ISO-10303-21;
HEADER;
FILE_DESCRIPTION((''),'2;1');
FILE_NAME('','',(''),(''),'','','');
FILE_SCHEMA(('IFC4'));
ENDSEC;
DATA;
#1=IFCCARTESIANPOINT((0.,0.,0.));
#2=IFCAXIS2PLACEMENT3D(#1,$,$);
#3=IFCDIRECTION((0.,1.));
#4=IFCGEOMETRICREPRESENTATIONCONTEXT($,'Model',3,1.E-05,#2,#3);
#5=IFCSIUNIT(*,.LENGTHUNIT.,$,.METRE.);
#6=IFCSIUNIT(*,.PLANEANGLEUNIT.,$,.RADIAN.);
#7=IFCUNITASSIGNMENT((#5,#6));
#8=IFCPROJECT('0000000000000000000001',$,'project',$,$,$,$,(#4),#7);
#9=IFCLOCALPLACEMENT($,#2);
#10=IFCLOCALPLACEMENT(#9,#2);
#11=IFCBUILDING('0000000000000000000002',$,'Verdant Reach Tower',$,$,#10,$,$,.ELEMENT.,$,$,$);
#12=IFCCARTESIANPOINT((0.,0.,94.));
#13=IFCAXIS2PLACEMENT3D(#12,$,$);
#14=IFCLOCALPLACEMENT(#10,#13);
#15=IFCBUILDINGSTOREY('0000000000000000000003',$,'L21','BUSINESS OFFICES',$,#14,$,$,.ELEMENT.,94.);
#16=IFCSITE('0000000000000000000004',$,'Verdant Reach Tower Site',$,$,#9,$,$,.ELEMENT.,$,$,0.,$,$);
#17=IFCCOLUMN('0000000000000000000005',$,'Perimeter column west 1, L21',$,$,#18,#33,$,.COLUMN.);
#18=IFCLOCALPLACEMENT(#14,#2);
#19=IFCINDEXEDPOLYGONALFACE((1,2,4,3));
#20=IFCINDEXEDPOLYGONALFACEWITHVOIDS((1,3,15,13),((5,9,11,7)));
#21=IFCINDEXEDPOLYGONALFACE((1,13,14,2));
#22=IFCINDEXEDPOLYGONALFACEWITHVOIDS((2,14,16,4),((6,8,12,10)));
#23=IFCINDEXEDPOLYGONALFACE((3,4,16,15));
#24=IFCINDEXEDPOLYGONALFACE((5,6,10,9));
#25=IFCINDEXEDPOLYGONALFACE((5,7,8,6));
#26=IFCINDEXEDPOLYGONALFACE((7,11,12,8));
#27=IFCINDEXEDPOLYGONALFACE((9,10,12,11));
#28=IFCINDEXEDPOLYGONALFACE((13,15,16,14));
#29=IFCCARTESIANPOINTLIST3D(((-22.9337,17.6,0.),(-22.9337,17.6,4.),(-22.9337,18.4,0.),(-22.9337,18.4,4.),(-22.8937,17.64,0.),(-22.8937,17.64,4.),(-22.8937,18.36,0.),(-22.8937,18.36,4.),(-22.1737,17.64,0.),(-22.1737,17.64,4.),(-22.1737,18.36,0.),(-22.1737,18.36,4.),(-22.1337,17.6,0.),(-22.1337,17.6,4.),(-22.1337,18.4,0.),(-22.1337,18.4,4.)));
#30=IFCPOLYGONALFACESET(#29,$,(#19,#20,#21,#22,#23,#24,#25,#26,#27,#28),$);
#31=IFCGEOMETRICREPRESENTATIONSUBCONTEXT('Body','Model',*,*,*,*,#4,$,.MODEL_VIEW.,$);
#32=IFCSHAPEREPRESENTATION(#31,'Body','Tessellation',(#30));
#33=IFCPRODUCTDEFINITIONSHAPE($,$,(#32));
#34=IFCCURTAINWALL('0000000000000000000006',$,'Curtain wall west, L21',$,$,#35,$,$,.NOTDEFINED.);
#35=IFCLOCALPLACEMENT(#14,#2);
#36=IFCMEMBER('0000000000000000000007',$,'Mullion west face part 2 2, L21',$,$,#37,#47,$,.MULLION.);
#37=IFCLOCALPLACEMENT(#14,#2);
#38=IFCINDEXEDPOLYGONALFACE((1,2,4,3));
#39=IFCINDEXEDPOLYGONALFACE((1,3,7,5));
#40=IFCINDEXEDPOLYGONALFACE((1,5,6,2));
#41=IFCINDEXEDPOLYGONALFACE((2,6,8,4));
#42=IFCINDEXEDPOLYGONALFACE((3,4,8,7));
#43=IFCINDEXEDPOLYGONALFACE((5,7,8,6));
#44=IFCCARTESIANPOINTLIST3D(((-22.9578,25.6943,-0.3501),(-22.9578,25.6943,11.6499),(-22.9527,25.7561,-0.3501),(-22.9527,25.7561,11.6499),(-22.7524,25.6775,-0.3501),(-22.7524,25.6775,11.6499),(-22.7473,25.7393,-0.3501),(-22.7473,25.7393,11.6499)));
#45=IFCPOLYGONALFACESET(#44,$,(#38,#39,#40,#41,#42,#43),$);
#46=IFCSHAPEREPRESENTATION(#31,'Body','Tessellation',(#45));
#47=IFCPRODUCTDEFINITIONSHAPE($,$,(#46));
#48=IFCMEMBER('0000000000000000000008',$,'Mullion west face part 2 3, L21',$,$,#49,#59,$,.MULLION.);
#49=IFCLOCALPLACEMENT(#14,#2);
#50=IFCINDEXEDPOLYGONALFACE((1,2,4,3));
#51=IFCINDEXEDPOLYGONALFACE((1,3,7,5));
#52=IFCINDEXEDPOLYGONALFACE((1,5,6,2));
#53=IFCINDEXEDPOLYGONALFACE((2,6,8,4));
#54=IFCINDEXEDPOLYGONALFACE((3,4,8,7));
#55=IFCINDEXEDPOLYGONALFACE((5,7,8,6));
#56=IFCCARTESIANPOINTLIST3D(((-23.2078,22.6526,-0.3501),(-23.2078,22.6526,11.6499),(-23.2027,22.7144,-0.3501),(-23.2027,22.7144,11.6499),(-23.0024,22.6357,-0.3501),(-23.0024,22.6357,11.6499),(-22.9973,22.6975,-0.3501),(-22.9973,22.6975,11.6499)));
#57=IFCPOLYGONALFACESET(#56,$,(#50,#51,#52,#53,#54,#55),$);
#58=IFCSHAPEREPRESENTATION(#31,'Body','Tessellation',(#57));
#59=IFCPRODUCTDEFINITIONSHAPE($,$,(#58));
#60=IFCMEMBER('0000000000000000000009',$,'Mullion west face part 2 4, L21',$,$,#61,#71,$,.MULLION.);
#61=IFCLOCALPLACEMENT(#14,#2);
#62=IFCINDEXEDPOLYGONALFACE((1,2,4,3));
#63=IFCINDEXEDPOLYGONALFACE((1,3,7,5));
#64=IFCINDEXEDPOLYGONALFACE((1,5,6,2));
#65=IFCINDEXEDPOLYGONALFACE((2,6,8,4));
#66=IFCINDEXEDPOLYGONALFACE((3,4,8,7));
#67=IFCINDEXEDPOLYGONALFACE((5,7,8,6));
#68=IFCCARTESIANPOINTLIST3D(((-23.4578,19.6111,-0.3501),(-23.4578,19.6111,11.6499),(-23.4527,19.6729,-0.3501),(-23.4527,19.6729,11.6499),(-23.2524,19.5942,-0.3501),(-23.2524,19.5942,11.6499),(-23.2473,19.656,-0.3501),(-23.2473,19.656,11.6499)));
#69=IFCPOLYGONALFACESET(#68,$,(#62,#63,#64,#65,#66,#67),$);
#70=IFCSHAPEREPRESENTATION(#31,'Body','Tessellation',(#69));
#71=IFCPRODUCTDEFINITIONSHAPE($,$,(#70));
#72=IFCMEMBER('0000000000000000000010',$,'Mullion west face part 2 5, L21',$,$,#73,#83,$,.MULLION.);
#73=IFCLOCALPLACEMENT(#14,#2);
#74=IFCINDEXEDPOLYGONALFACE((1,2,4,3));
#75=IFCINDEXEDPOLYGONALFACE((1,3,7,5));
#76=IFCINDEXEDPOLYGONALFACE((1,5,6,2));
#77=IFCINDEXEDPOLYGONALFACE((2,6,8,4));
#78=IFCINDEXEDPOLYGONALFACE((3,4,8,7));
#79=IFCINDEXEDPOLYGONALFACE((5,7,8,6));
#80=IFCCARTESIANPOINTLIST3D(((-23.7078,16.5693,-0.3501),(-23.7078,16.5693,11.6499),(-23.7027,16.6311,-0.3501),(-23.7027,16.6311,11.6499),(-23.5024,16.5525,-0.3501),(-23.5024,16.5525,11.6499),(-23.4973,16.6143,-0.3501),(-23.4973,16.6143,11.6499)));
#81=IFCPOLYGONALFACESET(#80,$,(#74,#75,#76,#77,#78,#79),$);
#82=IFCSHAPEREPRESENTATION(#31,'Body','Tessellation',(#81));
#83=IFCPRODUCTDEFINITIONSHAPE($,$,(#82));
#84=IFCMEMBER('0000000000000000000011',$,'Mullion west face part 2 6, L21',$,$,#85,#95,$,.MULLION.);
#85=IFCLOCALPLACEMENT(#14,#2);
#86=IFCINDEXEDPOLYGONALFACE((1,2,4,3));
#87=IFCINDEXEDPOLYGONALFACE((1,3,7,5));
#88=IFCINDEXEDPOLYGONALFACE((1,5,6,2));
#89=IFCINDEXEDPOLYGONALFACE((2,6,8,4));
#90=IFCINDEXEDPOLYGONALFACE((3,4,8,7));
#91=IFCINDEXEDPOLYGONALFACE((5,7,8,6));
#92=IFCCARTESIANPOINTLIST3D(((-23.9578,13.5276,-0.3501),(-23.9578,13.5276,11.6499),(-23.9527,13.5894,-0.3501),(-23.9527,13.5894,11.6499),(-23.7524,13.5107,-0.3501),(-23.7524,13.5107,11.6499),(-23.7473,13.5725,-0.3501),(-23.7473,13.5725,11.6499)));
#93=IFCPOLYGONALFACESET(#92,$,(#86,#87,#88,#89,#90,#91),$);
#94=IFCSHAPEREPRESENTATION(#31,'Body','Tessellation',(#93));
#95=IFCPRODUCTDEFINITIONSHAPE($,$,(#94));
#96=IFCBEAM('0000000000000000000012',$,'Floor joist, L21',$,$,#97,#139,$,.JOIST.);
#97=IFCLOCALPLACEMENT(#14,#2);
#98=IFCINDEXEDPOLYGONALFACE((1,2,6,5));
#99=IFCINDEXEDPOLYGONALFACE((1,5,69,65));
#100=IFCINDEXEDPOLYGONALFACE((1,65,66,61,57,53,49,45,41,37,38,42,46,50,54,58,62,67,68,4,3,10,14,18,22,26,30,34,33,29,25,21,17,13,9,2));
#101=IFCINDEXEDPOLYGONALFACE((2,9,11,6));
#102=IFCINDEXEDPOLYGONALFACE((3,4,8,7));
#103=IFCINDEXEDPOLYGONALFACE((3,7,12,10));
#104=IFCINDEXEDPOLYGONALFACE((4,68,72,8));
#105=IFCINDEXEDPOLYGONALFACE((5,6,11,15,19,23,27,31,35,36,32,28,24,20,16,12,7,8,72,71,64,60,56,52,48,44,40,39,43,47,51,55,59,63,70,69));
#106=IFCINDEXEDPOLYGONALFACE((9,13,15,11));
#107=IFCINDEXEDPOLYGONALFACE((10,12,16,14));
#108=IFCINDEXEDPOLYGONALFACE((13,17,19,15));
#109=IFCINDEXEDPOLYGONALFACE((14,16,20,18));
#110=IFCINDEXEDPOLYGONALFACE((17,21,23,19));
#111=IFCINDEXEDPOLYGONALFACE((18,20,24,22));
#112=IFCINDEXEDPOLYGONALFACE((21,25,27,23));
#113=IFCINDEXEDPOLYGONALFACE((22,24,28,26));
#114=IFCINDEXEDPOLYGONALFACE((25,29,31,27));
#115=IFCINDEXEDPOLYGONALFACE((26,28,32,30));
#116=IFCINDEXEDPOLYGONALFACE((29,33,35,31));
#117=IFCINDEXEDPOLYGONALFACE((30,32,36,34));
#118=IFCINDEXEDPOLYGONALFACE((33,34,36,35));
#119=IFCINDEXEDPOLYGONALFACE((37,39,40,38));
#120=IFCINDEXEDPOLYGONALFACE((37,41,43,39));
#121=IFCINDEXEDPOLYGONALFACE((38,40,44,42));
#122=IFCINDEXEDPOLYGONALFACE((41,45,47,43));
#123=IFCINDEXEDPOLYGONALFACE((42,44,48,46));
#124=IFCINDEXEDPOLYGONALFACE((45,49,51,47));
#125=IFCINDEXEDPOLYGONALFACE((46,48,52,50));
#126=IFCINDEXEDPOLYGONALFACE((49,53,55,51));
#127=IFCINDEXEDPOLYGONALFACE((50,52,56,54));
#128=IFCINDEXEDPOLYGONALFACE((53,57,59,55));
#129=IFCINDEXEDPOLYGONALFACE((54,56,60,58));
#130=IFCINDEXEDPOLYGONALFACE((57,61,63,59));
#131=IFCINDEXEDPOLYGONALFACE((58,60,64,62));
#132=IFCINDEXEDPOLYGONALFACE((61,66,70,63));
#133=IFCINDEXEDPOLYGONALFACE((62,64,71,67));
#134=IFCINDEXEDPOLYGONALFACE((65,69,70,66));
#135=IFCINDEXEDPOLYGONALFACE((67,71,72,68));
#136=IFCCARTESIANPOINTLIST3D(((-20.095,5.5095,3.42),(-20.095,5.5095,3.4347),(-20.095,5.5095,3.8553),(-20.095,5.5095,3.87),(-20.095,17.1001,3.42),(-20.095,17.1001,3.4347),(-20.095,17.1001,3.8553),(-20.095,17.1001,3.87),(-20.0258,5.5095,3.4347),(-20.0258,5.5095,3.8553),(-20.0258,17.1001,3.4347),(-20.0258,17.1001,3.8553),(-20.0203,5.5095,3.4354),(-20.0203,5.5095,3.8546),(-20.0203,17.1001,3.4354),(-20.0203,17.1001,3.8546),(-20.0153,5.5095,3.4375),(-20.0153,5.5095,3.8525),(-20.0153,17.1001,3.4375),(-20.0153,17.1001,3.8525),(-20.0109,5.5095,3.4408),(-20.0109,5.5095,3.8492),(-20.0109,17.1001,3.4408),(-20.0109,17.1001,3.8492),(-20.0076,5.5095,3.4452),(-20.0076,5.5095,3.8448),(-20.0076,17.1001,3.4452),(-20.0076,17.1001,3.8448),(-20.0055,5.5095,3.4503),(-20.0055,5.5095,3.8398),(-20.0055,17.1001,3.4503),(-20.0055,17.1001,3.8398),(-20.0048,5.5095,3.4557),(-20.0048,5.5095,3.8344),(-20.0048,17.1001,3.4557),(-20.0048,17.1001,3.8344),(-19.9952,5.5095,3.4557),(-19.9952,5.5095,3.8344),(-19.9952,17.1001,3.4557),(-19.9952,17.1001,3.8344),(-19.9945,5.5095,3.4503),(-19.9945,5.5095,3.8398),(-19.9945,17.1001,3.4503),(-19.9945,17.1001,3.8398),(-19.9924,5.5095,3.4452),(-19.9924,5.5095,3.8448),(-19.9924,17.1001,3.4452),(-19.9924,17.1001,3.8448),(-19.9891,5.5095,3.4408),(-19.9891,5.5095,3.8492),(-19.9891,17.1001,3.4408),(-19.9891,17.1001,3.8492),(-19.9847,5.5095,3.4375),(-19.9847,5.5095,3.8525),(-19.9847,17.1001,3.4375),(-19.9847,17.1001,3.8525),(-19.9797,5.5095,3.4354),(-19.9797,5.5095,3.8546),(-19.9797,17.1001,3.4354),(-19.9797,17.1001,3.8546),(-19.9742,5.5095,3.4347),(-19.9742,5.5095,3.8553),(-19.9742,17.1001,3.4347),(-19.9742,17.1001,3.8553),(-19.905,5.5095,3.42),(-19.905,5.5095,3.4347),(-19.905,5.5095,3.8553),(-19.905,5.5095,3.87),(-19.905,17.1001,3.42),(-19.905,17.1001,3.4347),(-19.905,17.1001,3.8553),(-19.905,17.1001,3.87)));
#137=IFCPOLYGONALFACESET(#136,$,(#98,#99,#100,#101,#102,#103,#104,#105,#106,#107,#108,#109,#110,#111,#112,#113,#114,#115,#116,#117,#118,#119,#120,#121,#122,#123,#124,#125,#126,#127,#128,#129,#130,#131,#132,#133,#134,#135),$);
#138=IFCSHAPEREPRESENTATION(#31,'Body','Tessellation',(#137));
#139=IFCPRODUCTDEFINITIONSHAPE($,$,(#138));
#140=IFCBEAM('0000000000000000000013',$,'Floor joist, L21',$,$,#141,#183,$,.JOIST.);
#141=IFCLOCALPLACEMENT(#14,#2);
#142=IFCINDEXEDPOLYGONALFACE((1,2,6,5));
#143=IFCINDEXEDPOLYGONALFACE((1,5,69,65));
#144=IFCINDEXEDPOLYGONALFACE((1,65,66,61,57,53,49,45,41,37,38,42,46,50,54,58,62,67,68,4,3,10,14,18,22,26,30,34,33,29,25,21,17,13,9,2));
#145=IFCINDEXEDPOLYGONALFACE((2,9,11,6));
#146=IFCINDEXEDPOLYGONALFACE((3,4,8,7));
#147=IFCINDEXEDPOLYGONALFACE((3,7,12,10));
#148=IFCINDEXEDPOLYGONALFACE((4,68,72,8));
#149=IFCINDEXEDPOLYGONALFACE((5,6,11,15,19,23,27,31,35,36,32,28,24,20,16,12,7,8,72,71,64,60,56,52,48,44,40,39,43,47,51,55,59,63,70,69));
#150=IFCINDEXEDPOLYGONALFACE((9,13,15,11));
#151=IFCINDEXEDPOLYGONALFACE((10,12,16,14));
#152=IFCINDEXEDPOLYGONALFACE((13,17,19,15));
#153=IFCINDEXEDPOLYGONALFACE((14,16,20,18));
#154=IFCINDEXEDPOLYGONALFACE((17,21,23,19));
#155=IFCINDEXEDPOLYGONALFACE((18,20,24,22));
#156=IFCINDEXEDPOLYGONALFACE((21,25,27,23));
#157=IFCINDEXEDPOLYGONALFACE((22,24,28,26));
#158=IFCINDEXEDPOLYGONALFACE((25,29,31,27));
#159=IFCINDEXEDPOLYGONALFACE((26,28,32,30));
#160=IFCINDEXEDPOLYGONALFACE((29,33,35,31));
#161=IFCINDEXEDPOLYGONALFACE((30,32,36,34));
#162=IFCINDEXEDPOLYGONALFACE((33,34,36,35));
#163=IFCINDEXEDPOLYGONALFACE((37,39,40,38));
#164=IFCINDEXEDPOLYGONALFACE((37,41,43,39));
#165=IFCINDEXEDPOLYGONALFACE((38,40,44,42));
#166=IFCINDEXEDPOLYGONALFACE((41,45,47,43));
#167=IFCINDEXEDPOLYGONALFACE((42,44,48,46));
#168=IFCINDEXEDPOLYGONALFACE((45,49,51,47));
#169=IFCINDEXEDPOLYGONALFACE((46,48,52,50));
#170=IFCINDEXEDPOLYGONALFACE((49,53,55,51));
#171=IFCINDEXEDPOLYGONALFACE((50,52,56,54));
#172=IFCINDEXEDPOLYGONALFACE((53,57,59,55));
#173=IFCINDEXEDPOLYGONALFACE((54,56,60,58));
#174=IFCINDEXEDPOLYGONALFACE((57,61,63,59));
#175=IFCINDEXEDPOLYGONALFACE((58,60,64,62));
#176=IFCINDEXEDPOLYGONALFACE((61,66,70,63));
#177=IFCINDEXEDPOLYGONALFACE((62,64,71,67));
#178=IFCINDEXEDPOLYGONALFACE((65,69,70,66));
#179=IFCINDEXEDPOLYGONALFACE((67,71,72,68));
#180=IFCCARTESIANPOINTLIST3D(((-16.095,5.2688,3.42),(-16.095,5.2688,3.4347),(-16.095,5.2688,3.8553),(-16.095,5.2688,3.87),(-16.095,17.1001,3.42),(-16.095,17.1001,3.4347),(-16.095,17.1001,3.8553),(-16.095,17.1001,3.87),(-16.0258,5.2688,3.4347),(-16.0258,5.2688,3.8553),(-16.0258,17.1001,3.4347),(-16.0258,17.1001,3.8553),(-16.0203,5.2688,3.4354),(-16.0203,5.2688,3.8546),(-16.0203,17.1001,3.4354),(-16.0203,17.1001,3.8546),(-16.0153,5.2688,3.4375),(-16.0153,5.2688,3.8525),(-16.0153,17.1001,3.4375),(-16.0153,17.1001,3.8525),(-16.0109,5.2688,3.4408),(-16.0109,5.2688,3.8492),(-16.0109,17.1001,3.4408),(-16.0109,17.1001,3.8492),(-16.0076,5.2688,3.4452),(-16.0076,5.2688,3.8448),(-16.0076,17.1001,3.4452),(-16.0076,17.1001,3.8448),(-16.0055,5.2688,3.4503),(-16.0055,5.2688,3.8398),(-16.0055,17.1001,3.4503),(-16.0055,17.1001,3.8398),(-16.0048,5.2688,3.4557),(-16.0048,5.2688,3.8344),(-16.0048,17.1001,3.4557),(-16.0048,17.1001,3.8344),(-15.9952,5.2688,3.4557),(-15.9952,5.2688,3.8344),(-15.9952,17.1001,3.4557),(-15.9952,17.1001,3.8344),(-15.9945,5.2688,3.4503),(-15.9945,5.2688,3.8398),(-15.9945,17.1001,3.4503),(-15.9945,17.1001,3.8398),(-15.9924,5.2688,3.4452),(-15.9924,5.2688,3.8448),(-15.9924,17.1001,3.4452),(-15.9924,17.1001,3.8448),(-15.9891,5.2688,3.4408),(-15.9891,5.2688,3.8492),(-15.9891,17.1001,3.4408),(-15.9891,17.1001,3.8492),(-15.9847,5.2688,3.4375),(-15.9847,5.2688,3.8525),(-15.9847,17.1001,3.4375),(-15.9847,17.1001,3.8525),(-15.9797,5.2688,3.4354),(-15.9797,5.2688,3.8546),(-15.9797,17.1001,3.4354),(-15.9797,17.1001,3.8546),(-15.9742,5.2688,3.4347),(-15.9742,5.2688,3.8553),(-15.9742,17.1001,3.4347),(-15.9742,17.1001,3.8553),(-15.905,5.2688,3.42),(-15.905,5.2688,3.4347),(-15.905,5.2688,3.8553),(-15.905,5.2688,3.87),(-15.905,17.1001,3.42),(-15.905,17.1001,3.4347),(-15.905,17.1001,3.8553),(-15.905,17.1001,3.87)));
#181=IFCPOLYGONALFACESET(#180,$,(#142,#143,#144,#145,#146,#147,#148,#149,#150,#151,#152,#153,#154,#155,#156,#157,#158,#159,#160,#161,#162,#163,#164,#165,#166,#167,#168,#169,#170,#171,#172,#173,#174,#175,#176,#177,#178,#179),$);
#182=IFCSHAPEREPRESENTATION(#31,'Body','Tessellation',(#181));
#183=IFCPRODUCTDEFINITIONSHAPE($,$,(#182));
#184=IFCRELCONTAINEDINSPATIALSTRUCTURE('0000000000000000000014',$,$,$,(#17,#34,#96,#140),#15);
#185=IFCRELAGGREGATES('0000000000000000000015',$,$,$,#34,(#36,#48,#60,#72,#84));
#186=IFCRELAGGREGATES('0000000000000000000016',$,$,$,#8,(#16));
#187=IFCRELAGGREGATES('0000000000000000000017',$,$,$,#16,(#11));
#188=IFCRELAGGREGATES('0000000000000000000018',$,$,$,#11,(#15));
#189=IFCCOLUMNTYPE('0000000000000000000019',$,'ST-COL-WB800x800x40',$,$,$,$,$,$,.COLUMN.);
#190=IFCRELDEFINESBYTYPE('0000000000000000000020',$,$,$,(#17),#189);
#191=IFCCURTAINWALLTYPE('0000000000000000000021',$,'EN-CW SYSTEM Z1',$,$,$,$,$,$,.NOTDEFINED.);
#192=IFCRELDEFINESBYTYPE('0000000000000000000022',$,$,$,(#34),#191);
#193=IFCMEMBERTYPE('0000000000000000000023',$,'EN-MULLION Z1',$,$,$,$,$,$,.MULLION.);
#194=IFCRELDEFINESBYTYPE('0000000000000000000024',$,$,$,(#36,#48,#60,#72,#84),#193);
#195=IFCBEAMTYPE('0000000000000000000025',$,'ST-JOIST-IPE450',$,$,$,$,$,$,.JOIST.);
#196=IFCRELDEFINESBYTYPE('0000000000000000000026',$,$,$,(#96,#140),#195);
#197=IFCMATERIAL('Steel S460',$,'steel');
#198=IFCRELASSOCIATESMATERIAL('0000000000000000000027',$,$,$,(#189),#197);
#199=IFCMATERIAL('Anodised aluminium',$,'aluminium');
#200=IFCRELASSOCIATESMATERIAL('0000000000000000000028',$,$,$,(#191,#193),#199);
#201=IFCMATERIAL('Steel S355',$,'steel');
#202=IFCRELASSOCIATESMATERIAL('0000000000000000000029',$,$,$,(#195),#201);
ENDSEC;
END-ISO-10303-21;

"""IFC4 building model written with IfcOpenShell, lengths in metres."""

from ifc_helpers import new_model, si_unit, direction, frame, origin, origin_2d, place, context, subcontext, project, spatial, rectangle, hollow_rectangle, i_section, extrude, material, material_profile, profile_set, type_object, element, aggregate, save


model = new_model("IFC4")

# Units and contexts
model_context = context("Model", 3, precision=1e-05, world=origin(), true_north=direction((0.0, 1.0)))
body_context = subcontext(model_context, "Body", "Model", "MODEL_VIEW")
ifc_project = project(units=[si_unit("LENGTHUNIT", "METRE"), si_unit("PLANEANGLEUNIT", "RADIAN")], contexts=[model_context])

# Site, building, storey
site_placement = place(None, origin())
site = spatial("IfcSite", under=ifc_project, at=site_placement, Name="Verdant Reach Tower Site", CompositionType="ELEMENT", RefElevation=0.0)
building_placement = place(site_placement, origin())
building = spatial("IfcBuilding", under=site, at=building_placement, Name="Verdant Reach Tower", CompositionType="ELEMENT")
storey_placement = place(building_placement, frame((0.0, 0.0, 94.0)))
storey = spatial("IfcBuildingStorey", under=building, at=storey_placement, Name="L21", Description="BUSINESS OFFICES", CompositionType="ELEMENT", Elevation=94.0)

# Column
ifc_material_1 = material(Name="Steel S460", Category="steel")
ifc_material_profile_1 = material_profile(ifc_material_1, hollow_rectangle(XDim=0.8, YDim=0.8, WallThickness=0.04, at=origin_2d()), Name="WB 800x800x40")
ifc_profile_set_1 = profile_set([ifc_material_profile_1], Name="Steel S460")
column_type = type_object("IfcColumnType", Name="ST-COL-WB800x800x40", PredefinedType="COLUMN", material=ifc_profile_set_1)
column_placement = place(storey_placement, frame((-22.5337, 18.0, 0.0), z_axis=(0.0, 0.0, 1.0), x_axis=(1.0, 0.0, 0.0)))
element("IfcColumn", 1, at=column_placement, inside=storey, type_object=column_type, Name="Perimeter column west 1, L21", PredefinedType="COLUMN", context=body_context, shape_type="SweptSolid", body=[
    extrude(hollow_rectangle(XDim=0.8, YDim=0.8, WallThickness=0.04, at=origin_2d()), origin(), (0.0, 0.0, 1.0), 4.0),
])

# Curtain wall, members
ifc_material_2 = material(Name="Anodised aluminium", Category="aluminium")
curtain_wall_type = type_object("IfcCurtainWallType", Name="EN-CW SYSTEM Z1", PredefinedType="NOTDEFINED", material=ifc_material_2)
curtain_wall_placement = place(storey_placement, origin())
curtain_wall = element("IfcCurtainWall", 2, at=curtain_wall_placement, inside=storey, type_object=curtain_wall_type, Name="Curtain wall west, L21", PredefinedType="NOTDEFINED")
ifc_material_profile_2 = material_profile(ifc_material_2, rectangle(XDim=0.2061, YDim=0.062, at=origin_2d()), Name="Mullion 62x206")
ifc_profile_set_2 = profile_set([ifc_material_profile_2], Name="Anodised aluminium")
member_type = type_object("IfcMemberType", Name="EN-MULLION Z1", PredefinedType="MULLION", material=ifc_profile_set_2)
member_1_placement = place(storey_placement, frame((-22.8525, 25.7168, -0.3501), z_axis=(0.0, 0.0, 1.0), x_axis=(-0.996639, 0.081916, 0.0)))
member_1 = element("IfcMember", 3, at=member_1_placement, type_object=member_type, Name="Mullion west face part 2 2, L21", PredefinedType="MULLION", context=body_context, shape_type="SweptSolid", body=[
    extrude(rectangle(XDim=0.2061, YDim=0.062, at=origin_2d()), origin(), (0.0, 0.0, 1.0), 12.0),
])
member_2_placement = place(storey_placement, frame((-23.1025, 22.675, -0.3501), z_axis=(0.0, 0.0, 1.0), x_axis=(-0.996639, 0.081916, 0.0)))
member_2 = element("IfcMember", 4, at=member_2_placement, type_object=member_type, Name="Mullion west face part 2 3, L21", PredefinedType="MULLION", context=body_context, shape_type="SweptSolid", body=[
    extrude(rectangle(XDim=0.2061, YDim=0.062, at=origin_2d()), origin(), (0.0, 0.0, 1.0), 12.0),
])
member_3_placement = place(storey_placement, frame((-23.3525, 19.6335, -0.3501), z_axis=(0.0, 0.0, 1.0), x_axis=(-0.996639, 0.081916, 0.0)))
member_3 = element("IfcMember", 5, at=member_3_placement, type_object=member_type, Name="Mullion west face part 2 4, L21", PredefinedType="MULLION", context=body_context, shape_type="SweptSolid", body=[
    extrude(rectangle(XDim=0.2061, YDim=0.062, at=origin_2d()), origin(), (0.0, 0.0, 1.0), 12.0),
])
member_4_placement = place(storey_placement, frame((-23.6025, 16.5918, -0.3501), z_axis=(0.0, 0.0, 1.0), x_axis=(-0.996639, 0.081916, 0.0)))
member_4 = element("IfcMember", 6, at=member_4_placement, type_object=member_type, Name="Mullion west face part 2 5, L21", PredefinedType="MULLION", context=body_context, shape_type="SweptSolid", body=[
    extrude(rectangle(XDim=0.2061, YDim=0.062, at=origin_2d()), origin(), (0.0, 0.0, 1.0), 12.0),
])
member_5_placement = place(storey_placement, frame((-23.8525, 13.55, -0.3501), z_axis=(0.0, 0.0, 1.0), x_axis=(-0.996639, 0.081916, 0.0)))
member_5 = element("IfcMember", 7, at=member_5_placement, type_object=member_type, Name="Mullion west face part 2 6, L21", PredefinedType="MULLION", context=body_context, shape_type="SweptSolid", body=[
    extrude(rectangle(XDim=0.2061, YDim=0.062, at=origin_2d()), origin(), (0.0, 0.0, 1.0), 12.0),
])

# Beams
ifc_material_3 = material(Name="Steel S355", Category="steel")
ifc_material_profile_3 = material_profile(ifc_material_3, i_section(OverallWidth=0.1899, OverallDepth=0.45, WebThickness=0.0095, FlangeThickness=0.0146, FilletRadius=0.021, at=origin_2d()), Name="IPE 450")
ifc_profile_set_3 = profile_set([ifc_material_profile_3], Name="Steel S355")
beam_type = type_object("IfcBeamType", Name="ST-JOIST-IPE450", PredefinedType="JOIST", material=ifc_profile_set_3)
beam_1_placement = place(storey_placement, frame((-20.0, 17.1001, 3.645), z_axis=(0.0, -1.0, 0.0), x_axis=(1.0, 0.0, 0.0)))
element("IfcBeam", 8, at=beam_1_placement, inside=storey, type_object=beam_type, Name="Floor joist, L21", PredefinedType="JOIST", context=body_context, shape_type="SweptSolid", body=[
    extrude(i_section(OverallWidth=0.1899, OverallDepth=0.45, WebThickness=0.0095, FlangeThickness=0.0146, FilletRadius=0.021, at=origin_2d()), origin(), (0.0, 0.0, 1.0), 11.5906),
])
beam_2_placement = place(storey_placement, frame((-16.0, 17.1001, 3.645), z_axis=(0.0, -1.0, 0.0), x_axis=(1.0, 0.0, 0.0)))
element("IfcBeam", 9, at=beam_2_placement, inside=storey, type_object=beam_type, Name="Floor joist, L21", PredefinedType="JOIST", context=body_context, shape_type="SweptSolid", body=[
    extrude(i_section(OverallWidth=0.1899, OverallDepth=0.45, WebThickness=0.0095, FlangeThickness=0.0146, FilletRadius=0.021, at=origin_2d()), origin(), (0.0, 0.0, 1.0), 11.8313),
])

aggregate(curtain_wall, [member_1, member_2, member_3, member_4, member_5])

save(model, "model.ifc")
